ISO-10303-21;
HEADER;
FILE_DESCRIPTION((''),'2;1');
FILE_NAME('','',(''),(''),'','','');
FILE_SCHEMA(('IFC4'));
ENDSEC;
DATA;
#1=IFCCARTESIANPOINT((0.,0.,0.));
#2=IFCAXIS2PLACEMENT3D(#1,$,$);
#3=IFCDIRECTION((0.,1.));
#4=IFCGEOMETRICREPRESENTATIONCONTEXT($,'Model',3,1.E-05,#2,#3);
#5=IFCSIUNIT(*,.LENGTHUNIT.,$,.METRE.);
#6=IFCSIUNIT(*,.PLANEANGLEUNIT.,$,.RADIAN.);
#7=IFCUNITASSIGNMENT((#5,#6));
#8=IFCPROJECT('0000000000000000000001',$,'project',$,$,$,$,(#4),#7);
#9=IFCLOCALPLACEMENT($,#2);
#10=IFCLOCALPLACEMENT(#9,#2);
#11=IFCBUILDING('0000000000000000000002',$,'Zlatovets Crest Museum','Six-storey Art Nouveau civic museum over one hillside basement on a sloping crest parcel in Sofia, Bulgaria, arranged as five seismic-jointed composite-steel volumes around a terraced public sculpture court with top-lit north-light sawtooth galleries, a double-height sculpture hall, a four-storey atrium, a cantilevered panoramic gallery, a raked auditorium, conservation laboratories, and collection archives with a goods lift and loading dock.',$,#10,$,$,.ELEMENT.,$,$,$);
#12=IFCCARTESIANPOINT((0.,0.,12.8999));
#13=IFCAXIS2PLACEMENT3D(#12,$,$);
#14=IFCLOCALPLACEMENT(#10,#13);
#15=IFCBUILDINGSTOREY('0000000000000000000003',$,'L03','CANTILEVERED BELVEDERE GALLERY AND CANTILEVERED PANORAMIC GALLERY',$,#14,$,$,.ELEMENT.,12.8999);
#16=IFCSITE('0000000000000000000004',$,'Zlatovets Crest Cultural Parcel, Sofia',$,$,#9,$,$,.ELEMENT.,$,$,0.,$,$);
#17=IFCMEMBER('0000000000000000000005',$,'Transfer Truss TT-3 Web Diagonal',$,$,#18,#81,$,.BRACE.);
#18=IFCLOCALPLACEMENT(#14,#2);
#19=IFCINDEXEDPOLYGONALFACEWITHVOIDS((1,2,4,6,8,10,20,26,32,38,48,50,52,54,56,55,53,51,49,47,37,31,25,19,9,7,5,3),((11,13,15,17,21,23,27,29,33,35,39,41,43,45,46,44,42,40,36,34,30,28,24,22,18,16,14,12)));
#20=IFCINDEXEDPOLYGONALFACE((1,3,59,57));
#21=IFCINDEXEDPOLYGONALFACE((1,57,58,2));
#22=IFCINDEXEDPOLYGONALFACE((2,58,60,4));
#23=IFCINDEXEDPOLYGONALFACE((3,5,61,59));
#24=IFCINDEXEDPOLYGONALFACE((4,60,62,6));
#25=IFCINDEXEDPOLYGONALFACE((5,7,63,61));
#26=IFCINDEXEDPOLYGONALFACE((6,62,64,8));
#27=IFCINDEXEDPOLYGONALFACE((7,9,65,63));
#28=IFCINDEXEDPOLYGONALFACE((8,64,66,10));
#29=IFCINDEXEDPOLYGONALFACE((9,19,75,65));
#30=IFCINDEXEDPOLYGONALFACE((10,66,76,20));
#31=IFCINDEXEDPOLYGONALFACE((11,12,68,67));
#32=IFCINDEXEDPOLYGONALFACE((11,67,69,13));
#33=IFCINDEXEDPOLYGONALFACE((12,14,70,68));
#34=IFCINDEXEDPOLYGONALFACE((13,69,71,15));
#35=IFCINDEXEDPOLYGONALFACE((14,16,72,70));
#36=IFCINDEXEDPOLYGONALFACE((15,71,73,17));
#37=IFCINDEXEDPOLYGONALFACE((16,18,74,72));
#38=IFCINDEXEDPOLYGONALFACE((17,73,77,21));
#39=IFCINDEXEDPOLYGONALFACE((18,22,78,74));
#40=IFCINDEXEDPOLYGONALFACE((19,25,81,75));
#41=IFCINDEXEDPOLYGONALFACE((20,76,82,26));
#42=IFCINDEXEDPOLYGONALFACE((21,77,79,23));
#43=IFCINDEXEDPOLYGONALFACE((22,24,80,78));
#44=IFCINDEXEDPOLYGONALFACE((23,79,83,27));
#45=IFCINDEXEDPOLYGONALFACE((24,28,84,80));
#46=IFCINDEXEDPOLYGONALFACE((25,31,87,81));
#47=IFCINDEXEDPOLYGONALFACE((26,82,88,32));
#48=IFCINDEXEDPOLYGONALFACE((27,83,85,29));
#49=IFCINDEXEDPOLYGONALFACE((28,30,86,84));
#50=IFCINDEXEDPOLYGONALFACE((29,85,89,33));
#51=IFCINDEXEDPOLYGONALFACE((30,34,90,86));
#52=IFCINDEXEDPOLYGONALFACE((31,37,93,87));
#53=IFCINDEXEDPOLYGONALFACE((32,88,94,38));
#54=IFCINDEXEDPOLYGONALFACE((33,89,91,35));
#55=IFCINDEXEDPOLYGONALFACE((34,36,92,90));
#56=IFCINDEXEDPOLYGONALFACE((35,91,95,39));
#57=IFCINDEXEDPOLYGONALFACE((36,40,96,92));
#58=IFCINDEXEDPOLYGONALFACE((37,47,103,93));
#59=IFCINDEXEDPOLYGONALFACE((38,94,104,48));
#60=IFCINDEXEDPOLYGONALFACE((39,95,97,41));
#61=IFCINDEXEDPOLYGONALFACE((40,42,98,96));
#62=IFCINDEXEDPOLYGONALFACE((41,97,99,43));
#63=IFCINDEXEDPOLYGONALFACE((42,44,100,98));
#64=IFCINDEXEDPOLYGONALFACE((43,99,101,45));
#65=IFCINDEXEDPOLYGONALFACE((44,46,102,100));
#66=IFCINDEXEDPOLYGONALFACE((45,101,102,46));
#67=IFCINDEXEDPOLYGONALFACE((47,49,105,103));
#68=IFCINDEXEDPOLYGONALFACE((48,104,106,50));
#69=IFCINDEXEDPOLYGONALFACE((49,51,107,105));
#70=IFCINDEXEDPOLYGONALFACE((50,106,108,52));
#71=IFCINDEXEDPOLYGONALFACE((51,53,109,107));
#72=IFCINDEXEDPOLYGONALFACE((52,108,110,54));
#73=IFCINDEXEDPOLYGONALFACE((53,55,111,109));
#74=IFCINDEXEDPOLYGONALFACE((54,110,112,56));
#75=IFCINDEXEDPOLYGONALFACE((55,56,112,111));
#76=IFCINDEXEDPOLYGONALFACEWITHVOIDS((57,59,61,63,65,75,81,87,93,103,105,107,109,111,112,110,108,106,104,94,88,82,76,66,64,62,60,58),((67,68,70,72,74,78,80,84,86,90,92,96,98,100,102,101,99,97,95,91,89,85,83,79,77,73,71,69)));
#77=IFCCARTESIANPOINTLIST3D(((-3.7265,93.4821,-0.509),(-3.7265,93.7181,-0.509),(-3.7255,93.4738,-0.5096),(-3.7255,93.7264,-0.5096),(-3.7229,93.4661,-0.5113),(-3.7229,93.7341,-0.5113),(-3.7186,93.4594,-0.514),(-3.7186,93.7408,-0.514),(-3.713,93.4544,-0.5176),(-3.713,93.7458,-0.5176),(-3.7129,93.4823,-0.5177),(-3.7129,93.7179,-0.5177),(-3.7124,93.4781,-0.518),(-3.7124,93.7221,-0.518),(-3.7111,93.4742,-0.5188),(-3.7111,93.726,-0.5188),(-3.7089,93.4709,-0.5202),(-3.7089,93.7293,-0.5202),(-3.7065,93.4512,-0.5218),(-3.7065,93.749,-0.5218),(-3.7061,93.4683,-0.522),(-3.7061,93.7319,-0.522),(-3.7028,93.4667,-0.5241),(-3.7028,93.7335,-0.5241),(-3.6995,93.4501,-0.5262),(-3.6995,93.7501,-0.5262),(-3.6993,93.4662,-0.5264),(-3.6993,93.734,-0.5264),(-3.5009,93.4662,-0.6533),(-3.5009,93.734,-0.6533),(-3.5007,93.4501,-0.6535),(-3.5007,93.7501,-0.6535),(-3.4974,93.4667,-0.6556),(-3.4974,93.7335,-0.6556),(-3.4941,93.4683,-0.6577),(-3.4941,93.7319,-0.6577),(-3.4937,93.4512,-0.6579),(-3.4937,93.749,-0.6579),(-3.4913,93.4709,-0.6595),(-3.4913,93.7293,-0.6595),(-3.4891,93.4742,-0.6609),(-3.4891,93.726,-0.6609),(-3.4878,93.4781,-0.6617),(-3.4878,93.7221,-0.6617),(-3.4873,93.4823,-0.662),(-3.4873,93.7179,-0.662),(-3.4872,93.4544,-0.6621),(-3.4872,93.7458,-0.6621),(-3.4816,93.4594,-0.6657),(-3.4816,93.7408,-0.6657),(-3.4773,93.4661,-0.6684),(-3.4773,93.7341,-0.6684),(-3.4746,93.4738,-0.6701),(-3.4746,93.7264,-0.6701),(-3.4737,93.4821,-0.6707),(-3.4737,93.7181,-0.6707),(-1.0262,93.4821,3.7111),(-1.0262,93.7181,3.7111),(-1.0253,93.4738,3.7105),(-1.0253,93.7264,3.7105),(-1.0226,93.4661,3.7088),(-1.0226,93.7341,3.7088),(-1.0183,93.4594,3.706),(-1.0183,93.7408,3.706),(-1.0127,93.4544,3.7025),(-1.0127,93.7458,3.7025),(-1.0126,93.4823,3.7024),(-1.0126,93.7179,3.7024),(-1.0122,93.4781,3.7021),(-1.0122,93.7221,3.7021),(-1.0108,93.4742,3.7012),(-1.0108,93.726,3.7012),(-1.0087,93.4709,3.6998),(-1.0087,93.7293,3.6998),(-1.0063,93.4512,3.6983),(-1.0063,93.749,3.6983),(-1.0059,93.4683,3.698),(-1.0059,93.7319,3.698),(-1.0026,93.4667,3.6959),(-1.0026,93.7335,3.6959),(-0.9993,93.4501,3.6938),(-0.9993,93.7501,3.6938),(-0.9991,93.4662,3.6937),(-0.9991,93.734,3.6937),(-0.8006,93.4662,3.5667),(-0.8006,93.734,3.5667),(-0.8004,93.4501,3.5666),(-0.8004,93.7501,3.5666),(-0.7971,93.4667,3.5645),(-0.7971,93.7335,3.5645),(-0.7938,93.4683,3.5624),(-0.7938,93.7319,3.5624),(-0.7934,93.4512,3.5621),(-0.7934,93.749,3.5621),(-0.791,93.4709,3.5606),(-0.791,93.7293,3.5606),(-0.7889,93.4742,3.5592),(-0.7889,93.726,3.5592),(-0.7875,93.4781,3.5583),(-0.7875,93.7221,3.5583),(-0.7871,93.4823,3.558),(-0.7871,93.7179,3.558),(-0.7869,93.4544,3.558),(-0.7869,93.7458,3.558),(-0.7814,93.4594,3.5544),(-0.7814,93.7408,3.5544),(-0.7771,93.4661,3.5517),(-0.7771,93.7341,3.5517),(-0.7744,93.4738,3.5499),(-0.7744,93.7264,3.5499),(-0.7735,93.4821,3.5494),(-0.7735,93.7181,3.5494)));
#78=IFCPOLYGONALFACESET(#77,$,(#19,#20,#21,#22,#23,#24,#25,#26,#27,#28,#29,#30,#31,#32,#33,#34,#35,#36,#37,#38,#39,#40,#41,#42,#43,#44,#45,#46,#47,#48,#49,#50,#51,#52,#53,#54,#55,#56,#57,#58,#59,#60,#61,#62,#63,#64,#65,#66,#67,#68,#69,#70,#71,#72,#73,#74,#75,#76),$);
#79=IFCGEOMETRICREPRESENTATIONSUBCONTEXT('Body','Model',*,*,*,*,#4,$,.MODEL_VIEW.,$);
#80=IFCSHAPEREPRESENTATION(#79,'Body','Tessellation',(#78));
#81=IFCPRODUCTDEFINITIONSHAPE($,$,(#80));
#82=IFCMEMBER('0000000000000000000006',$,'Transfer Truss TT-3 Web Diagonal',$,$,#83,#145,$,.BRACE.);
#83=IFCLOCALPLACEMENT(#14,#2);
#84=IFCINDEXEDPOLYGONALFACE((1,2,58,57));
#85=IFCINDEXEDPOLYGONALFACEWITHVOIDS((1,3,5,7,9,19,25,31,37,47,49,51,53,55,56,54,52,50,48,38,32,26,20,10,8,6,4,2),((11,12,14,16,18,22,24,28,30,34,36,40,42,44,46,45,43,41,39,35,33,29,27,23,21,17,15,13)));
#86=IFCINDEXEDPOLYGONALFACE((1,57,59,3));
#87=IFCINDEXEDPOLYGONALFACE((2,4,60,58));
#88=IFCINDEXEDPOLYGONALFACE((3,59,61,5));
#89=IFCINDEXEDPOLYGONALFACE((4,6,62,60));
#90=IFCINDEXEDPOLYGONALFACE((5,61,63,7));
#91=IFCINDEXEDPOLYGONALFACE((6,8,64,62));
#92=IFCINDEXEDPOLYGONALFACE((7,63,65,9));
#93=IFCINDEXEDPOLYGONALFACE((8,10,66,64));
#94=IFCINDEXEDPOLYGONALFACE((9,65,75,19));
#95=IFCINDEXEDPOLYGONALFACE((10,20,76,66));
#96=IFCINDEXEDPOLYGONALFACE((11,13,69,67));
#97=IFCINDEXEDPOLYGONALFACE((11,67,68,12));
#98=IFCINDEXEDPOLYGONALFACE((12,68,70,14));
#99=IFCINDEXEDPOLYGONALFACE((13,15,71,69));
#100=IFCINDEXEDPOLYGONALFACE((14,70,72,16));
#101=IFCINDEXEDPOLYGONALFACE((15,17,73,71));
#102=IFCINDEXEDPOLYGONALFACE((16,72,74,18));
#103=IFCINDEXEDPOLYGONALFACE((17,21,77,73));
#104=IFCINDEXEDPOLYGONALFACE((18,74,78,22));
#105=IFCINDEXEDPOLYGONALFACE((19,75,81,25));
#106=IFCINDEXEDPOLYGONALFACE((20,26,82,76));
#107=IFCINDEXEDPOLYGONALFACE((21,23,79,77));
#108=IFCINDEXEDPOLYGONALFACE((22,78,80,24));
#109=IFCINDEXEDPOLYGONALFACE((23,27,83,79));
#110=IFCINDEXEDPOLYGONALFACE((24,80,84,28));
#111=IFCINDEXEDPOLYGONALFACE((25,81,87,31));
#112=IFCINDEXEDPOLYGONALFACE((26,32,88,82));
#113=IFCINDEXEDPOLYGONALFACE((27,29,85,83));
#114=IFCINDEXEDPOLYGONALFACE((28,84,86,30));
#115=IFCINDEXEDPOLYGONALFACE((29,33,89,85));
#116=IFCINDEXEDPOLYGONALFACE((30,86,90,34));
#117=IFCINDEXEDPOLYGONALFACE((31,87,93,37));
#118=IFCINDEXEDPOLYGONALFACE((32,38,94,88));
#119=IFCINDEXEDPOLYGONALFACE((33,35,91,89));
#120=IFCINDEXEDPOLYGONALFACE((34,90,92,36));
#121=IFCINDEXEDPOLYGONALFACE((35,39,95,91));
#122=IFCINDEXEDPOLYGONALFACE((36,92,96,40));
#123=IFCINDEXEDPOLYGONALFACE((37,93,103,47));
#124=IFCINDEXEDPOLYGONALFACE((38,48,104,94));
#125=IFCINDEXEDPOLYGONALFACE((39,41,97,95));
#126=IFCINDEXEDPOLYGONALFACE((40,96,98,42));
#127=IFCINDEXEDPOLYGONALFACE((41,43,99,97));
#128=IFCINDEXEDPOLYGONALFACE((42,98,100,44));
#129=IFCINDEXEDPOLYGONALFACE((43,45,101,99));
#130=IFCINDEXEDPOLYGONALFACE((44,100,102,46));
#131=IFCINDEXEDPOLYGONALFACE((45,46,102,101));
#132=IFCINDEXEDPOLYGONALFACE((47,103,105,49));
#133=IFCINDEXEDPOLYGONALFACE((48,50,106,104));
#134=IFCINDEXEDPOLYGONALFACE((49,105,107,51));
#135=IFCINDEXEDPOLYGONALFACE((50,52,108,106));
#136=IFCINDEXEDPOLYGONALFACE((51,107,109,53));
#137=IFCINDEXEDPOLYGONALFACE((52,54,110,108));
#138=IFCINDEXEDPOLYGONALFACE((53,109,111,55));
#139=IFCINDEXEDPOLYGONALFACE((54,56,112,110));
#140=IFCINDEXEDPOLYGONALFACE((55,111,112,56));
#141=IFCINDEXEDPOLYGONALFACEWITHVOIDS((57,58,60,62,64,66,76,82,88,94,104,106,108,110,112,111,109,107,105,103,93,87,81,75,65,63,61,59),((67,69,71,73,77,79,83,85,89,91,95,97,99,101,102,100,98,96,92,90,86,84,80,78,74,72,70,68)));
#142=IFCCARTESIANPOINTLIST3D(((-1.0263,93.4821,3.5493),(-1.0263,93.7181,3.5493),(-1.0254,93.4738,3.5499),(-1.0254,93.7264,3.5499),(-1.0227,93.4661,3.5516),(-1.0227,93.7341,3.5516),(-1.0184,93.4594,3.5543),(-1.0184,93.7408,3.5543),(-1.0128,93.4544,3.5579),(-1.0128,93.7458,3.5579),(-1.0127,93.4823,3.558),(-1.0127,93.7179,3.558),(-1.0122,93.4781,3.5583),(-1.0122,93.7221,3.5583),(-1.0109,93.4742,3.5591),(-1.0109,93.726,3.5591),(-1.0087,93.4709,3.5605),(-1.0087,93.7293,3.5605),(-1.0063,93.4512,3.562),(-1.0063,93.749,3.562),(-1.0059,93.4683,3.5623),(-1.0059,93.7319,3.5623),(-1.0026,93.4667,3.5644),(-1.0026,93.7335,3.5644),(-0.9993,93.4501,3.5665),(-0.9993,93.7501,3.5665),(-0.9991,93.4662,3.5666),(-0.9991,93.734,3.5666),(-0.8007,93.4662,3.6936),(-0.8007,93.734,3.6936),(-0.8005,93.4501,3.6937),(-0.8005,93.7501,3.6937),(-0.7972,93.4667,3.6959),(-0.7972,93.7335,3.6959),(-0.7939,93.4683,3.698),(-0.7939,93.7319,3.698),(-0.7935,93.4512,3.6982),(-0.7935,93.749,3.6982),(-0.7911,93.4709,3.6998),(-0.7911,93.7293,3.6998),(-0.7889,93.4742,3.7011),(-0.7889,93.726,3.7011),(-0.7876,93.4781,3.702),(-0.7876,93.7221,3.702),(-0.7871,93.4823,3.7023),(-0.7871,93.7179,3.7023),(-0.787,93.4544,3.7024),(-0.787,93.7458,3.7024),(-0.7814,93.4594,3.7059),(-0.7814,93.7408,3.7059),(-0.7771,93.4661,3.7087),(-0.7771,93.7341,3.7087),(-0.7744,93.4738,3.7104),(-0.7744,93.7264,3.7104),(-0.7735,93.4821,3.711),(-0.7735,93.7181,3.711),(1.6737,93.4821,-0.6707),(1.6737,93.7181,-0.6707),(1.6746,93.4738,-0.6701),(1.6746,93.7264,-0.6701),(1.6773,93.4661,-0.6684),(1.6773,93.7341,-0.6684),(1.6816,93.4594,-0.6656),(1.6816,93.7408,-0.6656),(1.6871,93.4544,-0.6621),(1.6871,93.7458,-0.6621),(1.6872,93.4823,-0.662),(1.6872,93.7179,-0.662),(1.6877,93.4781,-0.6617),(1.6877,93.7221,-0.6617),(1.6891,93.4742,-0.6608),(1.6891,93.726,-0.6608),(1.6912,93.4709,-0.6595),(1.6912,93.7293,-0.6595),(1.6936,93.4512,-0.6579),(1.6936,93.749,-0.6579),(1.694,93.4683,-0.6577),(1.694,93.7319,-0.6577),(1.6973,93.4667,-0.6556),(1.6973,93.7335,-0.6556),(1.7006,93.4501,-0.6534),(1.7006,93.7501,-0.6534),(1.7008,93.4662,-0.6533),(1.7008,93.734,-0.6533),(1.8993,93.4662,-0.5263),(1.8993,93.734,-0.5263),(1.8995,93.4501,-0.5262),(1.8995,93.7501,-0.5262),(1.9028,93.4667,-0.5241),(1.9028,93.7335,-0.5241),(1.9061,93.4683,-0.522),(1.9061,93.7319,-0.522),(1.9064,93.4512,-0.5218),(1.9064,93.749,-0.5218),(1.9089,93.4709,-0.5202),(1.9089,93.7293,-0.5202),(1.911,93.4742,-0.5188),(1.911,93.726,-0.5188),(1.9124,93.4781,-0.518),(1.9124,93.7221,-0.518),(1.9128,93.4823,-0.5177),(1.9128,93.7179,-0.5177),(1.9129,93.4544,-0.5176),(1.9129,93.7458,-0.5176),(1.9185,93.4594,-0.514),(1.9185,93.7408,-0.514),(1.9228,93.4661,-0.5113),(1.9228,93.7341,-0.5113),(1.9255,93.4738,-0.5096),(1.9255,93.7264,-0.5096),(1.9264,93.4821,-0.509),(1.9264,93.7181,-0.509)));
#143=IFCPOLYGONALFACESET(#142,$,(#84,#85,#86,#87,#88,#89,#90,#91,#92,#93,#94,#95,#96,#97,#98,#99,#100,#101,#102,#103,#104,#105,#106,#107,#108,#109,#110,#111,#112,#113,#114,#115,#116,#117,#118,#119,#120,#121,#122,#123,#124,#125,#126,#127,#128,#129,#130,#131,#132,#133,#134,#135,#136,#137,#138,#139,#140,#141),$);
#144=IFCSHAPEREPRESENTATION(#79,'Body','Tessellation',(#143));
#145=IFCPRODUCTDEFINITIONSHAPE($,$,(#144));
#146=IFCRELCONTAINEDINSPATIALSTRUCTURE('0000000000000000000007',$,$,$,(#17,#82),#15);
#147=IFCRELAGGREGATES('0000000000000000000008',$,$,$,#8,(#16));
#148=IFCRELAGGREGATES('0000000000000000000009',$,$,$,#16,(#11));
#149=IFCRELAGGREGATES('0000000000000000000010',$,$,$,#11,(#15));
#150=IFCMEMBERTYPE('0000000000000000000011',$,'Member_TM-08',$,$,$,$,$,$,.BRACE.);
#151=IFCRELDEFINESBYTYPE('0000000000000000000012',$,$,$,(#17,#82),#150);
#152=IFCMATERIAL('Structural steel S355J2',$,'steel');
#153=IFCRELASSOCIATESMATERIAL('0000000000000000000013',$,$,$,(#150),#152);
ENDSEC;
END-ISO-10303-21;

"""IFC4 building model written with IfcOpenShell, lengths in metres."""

from ifc_helpers import new_model, si_unit, direction, frame, origin, origin_2d, place, context, subcontext, project, spatial, hollow_rectangle, extrude, material, material_profile, profile_set, type_object, element, save


model = new_model("IFC4")

# Units and contexts
model_context = context("Model", 3, precision=1e-05, world=origin(), true_north=direction((0.0, 1.0)))
body_context = subcontext(model_context, "Body", "Model", "MODEL_VIEW")
ifc_project = project(units=[si_unit("LENGTHUNIT", "METRE"), si_unit("PLANEANGLEUNIT", "RADIAN")], contexts=[model_context])

# Site, building, storey
site_placement = place(None, origin())
site = spatial("IfcSite", under=ifc_project, at=site_placement, Name="Zlatovets Crest Cultural Parcel, Sofia", CompositionType="ELEMENT", RefElevation=0.0)
building_placement = place(site_placement, origin())
building = spatial("IfcBuilding", under=site, at=building_placement, Name="Zlatovets Crest Museum", Description="Six-storey Art Nouveau civic museum over one hillside basement on a sloping crest parcel in Sofia, Bulgaria, arranged as five seismic-jointed composite-steel volumes around a terraced public sculpture court with top-lit north-light sawtooth galleries, a double-height sculpture hall, a four-storey atrium, a cantilevered panoramic gallery, a raked auditorium, conservation laboratories, and collection archives with a goods lift and loading dock.", CompositionType="ELEMENT")
storey_placement = place(building_placement, frame((0.0, 0.0, 12.8999)))
storey = spatial("IfcBuildingStorey", under=building, at=storey_placement, Name="L03", Description="CANTILEVERED BELVEDERE GALLERY AND CANTILEVERED PANORAMIC GALLERY", CompositionType="ELEMENT", Elevation=12.8999)

# Shared definitions
ifc_material_1 = material(Name="Structural steel S355J2", Category="steel")

# Members
ifc_material_profile_1 = material_profile(ifc_material_1, hollow_rectangle(XDim=0.3, YDim=0.3, WallThickness=0.0161, InnerFilletRadius=0.0161, OuterFilletRadius=0.032, at=origin_2d()), Name="SHS 300x300x16.0")
ifc_profile_set_1 = profile_set([ifc_material_profile_1], Name="Structural steel S355J2")
member_type_1 = type_object("IfcMemberType", Name="Member_TM-08", PredefinedType="BRACE", material=ifc_profile_set_1)
member_1_placement = place(storey_placement, frame((-3.6001, 93.6001, -0.5898), z_axis=(0.538971, 0.0, 0.842324), x_axis=(0.0, 1.0, 0.0)))
element("IfcMember", 1, at=member_1_placement, inside=storey, type_object=member_type_1, Name="Transfer Truss TT-3 Web Diagonal", PredefinedType="BRACE", context=body_context, shape_type="SweptSolid", body=[
    extrude(hollow_rectangle(XDim=0.3, YDim=0.3, WallThickness=0.0161, InnerFilletRadius=0.0161, OuterFilletRadius=0.032, at=origin_2d()), origin(), (0.0, 0.0, 1.0), 5.01),
])
for number, where, z_axis, x_axis, name in (
    (2, (-0.8999, 93.6001, 3.6301), (0.538936, 0.0, -0.842347), (0.0, 1.0, 0.0), "Transfer Truss TT-3 Web Diagonal"),
):
    element("IfcMember", number, at=place(storey_placement, frame(where, z_axis=z_axis, x_axis=x_axis)), inside=storey, type_object=member_type_1, Name=name, PredefinedType="BRACE", context=body_context, shape_type="SweptSolid", body=[
        extrude(hollow_rectangle(XDim=0.3, YDim=0.3, WallThickness=0.0161, InnerFilletRadius=0.0161, OuterFilletRadius=0.032, at=origin_2d()), origin(), (0.0, 0.0, 1.0), 5.0098),
    ])

save(model, "model.ifc")
